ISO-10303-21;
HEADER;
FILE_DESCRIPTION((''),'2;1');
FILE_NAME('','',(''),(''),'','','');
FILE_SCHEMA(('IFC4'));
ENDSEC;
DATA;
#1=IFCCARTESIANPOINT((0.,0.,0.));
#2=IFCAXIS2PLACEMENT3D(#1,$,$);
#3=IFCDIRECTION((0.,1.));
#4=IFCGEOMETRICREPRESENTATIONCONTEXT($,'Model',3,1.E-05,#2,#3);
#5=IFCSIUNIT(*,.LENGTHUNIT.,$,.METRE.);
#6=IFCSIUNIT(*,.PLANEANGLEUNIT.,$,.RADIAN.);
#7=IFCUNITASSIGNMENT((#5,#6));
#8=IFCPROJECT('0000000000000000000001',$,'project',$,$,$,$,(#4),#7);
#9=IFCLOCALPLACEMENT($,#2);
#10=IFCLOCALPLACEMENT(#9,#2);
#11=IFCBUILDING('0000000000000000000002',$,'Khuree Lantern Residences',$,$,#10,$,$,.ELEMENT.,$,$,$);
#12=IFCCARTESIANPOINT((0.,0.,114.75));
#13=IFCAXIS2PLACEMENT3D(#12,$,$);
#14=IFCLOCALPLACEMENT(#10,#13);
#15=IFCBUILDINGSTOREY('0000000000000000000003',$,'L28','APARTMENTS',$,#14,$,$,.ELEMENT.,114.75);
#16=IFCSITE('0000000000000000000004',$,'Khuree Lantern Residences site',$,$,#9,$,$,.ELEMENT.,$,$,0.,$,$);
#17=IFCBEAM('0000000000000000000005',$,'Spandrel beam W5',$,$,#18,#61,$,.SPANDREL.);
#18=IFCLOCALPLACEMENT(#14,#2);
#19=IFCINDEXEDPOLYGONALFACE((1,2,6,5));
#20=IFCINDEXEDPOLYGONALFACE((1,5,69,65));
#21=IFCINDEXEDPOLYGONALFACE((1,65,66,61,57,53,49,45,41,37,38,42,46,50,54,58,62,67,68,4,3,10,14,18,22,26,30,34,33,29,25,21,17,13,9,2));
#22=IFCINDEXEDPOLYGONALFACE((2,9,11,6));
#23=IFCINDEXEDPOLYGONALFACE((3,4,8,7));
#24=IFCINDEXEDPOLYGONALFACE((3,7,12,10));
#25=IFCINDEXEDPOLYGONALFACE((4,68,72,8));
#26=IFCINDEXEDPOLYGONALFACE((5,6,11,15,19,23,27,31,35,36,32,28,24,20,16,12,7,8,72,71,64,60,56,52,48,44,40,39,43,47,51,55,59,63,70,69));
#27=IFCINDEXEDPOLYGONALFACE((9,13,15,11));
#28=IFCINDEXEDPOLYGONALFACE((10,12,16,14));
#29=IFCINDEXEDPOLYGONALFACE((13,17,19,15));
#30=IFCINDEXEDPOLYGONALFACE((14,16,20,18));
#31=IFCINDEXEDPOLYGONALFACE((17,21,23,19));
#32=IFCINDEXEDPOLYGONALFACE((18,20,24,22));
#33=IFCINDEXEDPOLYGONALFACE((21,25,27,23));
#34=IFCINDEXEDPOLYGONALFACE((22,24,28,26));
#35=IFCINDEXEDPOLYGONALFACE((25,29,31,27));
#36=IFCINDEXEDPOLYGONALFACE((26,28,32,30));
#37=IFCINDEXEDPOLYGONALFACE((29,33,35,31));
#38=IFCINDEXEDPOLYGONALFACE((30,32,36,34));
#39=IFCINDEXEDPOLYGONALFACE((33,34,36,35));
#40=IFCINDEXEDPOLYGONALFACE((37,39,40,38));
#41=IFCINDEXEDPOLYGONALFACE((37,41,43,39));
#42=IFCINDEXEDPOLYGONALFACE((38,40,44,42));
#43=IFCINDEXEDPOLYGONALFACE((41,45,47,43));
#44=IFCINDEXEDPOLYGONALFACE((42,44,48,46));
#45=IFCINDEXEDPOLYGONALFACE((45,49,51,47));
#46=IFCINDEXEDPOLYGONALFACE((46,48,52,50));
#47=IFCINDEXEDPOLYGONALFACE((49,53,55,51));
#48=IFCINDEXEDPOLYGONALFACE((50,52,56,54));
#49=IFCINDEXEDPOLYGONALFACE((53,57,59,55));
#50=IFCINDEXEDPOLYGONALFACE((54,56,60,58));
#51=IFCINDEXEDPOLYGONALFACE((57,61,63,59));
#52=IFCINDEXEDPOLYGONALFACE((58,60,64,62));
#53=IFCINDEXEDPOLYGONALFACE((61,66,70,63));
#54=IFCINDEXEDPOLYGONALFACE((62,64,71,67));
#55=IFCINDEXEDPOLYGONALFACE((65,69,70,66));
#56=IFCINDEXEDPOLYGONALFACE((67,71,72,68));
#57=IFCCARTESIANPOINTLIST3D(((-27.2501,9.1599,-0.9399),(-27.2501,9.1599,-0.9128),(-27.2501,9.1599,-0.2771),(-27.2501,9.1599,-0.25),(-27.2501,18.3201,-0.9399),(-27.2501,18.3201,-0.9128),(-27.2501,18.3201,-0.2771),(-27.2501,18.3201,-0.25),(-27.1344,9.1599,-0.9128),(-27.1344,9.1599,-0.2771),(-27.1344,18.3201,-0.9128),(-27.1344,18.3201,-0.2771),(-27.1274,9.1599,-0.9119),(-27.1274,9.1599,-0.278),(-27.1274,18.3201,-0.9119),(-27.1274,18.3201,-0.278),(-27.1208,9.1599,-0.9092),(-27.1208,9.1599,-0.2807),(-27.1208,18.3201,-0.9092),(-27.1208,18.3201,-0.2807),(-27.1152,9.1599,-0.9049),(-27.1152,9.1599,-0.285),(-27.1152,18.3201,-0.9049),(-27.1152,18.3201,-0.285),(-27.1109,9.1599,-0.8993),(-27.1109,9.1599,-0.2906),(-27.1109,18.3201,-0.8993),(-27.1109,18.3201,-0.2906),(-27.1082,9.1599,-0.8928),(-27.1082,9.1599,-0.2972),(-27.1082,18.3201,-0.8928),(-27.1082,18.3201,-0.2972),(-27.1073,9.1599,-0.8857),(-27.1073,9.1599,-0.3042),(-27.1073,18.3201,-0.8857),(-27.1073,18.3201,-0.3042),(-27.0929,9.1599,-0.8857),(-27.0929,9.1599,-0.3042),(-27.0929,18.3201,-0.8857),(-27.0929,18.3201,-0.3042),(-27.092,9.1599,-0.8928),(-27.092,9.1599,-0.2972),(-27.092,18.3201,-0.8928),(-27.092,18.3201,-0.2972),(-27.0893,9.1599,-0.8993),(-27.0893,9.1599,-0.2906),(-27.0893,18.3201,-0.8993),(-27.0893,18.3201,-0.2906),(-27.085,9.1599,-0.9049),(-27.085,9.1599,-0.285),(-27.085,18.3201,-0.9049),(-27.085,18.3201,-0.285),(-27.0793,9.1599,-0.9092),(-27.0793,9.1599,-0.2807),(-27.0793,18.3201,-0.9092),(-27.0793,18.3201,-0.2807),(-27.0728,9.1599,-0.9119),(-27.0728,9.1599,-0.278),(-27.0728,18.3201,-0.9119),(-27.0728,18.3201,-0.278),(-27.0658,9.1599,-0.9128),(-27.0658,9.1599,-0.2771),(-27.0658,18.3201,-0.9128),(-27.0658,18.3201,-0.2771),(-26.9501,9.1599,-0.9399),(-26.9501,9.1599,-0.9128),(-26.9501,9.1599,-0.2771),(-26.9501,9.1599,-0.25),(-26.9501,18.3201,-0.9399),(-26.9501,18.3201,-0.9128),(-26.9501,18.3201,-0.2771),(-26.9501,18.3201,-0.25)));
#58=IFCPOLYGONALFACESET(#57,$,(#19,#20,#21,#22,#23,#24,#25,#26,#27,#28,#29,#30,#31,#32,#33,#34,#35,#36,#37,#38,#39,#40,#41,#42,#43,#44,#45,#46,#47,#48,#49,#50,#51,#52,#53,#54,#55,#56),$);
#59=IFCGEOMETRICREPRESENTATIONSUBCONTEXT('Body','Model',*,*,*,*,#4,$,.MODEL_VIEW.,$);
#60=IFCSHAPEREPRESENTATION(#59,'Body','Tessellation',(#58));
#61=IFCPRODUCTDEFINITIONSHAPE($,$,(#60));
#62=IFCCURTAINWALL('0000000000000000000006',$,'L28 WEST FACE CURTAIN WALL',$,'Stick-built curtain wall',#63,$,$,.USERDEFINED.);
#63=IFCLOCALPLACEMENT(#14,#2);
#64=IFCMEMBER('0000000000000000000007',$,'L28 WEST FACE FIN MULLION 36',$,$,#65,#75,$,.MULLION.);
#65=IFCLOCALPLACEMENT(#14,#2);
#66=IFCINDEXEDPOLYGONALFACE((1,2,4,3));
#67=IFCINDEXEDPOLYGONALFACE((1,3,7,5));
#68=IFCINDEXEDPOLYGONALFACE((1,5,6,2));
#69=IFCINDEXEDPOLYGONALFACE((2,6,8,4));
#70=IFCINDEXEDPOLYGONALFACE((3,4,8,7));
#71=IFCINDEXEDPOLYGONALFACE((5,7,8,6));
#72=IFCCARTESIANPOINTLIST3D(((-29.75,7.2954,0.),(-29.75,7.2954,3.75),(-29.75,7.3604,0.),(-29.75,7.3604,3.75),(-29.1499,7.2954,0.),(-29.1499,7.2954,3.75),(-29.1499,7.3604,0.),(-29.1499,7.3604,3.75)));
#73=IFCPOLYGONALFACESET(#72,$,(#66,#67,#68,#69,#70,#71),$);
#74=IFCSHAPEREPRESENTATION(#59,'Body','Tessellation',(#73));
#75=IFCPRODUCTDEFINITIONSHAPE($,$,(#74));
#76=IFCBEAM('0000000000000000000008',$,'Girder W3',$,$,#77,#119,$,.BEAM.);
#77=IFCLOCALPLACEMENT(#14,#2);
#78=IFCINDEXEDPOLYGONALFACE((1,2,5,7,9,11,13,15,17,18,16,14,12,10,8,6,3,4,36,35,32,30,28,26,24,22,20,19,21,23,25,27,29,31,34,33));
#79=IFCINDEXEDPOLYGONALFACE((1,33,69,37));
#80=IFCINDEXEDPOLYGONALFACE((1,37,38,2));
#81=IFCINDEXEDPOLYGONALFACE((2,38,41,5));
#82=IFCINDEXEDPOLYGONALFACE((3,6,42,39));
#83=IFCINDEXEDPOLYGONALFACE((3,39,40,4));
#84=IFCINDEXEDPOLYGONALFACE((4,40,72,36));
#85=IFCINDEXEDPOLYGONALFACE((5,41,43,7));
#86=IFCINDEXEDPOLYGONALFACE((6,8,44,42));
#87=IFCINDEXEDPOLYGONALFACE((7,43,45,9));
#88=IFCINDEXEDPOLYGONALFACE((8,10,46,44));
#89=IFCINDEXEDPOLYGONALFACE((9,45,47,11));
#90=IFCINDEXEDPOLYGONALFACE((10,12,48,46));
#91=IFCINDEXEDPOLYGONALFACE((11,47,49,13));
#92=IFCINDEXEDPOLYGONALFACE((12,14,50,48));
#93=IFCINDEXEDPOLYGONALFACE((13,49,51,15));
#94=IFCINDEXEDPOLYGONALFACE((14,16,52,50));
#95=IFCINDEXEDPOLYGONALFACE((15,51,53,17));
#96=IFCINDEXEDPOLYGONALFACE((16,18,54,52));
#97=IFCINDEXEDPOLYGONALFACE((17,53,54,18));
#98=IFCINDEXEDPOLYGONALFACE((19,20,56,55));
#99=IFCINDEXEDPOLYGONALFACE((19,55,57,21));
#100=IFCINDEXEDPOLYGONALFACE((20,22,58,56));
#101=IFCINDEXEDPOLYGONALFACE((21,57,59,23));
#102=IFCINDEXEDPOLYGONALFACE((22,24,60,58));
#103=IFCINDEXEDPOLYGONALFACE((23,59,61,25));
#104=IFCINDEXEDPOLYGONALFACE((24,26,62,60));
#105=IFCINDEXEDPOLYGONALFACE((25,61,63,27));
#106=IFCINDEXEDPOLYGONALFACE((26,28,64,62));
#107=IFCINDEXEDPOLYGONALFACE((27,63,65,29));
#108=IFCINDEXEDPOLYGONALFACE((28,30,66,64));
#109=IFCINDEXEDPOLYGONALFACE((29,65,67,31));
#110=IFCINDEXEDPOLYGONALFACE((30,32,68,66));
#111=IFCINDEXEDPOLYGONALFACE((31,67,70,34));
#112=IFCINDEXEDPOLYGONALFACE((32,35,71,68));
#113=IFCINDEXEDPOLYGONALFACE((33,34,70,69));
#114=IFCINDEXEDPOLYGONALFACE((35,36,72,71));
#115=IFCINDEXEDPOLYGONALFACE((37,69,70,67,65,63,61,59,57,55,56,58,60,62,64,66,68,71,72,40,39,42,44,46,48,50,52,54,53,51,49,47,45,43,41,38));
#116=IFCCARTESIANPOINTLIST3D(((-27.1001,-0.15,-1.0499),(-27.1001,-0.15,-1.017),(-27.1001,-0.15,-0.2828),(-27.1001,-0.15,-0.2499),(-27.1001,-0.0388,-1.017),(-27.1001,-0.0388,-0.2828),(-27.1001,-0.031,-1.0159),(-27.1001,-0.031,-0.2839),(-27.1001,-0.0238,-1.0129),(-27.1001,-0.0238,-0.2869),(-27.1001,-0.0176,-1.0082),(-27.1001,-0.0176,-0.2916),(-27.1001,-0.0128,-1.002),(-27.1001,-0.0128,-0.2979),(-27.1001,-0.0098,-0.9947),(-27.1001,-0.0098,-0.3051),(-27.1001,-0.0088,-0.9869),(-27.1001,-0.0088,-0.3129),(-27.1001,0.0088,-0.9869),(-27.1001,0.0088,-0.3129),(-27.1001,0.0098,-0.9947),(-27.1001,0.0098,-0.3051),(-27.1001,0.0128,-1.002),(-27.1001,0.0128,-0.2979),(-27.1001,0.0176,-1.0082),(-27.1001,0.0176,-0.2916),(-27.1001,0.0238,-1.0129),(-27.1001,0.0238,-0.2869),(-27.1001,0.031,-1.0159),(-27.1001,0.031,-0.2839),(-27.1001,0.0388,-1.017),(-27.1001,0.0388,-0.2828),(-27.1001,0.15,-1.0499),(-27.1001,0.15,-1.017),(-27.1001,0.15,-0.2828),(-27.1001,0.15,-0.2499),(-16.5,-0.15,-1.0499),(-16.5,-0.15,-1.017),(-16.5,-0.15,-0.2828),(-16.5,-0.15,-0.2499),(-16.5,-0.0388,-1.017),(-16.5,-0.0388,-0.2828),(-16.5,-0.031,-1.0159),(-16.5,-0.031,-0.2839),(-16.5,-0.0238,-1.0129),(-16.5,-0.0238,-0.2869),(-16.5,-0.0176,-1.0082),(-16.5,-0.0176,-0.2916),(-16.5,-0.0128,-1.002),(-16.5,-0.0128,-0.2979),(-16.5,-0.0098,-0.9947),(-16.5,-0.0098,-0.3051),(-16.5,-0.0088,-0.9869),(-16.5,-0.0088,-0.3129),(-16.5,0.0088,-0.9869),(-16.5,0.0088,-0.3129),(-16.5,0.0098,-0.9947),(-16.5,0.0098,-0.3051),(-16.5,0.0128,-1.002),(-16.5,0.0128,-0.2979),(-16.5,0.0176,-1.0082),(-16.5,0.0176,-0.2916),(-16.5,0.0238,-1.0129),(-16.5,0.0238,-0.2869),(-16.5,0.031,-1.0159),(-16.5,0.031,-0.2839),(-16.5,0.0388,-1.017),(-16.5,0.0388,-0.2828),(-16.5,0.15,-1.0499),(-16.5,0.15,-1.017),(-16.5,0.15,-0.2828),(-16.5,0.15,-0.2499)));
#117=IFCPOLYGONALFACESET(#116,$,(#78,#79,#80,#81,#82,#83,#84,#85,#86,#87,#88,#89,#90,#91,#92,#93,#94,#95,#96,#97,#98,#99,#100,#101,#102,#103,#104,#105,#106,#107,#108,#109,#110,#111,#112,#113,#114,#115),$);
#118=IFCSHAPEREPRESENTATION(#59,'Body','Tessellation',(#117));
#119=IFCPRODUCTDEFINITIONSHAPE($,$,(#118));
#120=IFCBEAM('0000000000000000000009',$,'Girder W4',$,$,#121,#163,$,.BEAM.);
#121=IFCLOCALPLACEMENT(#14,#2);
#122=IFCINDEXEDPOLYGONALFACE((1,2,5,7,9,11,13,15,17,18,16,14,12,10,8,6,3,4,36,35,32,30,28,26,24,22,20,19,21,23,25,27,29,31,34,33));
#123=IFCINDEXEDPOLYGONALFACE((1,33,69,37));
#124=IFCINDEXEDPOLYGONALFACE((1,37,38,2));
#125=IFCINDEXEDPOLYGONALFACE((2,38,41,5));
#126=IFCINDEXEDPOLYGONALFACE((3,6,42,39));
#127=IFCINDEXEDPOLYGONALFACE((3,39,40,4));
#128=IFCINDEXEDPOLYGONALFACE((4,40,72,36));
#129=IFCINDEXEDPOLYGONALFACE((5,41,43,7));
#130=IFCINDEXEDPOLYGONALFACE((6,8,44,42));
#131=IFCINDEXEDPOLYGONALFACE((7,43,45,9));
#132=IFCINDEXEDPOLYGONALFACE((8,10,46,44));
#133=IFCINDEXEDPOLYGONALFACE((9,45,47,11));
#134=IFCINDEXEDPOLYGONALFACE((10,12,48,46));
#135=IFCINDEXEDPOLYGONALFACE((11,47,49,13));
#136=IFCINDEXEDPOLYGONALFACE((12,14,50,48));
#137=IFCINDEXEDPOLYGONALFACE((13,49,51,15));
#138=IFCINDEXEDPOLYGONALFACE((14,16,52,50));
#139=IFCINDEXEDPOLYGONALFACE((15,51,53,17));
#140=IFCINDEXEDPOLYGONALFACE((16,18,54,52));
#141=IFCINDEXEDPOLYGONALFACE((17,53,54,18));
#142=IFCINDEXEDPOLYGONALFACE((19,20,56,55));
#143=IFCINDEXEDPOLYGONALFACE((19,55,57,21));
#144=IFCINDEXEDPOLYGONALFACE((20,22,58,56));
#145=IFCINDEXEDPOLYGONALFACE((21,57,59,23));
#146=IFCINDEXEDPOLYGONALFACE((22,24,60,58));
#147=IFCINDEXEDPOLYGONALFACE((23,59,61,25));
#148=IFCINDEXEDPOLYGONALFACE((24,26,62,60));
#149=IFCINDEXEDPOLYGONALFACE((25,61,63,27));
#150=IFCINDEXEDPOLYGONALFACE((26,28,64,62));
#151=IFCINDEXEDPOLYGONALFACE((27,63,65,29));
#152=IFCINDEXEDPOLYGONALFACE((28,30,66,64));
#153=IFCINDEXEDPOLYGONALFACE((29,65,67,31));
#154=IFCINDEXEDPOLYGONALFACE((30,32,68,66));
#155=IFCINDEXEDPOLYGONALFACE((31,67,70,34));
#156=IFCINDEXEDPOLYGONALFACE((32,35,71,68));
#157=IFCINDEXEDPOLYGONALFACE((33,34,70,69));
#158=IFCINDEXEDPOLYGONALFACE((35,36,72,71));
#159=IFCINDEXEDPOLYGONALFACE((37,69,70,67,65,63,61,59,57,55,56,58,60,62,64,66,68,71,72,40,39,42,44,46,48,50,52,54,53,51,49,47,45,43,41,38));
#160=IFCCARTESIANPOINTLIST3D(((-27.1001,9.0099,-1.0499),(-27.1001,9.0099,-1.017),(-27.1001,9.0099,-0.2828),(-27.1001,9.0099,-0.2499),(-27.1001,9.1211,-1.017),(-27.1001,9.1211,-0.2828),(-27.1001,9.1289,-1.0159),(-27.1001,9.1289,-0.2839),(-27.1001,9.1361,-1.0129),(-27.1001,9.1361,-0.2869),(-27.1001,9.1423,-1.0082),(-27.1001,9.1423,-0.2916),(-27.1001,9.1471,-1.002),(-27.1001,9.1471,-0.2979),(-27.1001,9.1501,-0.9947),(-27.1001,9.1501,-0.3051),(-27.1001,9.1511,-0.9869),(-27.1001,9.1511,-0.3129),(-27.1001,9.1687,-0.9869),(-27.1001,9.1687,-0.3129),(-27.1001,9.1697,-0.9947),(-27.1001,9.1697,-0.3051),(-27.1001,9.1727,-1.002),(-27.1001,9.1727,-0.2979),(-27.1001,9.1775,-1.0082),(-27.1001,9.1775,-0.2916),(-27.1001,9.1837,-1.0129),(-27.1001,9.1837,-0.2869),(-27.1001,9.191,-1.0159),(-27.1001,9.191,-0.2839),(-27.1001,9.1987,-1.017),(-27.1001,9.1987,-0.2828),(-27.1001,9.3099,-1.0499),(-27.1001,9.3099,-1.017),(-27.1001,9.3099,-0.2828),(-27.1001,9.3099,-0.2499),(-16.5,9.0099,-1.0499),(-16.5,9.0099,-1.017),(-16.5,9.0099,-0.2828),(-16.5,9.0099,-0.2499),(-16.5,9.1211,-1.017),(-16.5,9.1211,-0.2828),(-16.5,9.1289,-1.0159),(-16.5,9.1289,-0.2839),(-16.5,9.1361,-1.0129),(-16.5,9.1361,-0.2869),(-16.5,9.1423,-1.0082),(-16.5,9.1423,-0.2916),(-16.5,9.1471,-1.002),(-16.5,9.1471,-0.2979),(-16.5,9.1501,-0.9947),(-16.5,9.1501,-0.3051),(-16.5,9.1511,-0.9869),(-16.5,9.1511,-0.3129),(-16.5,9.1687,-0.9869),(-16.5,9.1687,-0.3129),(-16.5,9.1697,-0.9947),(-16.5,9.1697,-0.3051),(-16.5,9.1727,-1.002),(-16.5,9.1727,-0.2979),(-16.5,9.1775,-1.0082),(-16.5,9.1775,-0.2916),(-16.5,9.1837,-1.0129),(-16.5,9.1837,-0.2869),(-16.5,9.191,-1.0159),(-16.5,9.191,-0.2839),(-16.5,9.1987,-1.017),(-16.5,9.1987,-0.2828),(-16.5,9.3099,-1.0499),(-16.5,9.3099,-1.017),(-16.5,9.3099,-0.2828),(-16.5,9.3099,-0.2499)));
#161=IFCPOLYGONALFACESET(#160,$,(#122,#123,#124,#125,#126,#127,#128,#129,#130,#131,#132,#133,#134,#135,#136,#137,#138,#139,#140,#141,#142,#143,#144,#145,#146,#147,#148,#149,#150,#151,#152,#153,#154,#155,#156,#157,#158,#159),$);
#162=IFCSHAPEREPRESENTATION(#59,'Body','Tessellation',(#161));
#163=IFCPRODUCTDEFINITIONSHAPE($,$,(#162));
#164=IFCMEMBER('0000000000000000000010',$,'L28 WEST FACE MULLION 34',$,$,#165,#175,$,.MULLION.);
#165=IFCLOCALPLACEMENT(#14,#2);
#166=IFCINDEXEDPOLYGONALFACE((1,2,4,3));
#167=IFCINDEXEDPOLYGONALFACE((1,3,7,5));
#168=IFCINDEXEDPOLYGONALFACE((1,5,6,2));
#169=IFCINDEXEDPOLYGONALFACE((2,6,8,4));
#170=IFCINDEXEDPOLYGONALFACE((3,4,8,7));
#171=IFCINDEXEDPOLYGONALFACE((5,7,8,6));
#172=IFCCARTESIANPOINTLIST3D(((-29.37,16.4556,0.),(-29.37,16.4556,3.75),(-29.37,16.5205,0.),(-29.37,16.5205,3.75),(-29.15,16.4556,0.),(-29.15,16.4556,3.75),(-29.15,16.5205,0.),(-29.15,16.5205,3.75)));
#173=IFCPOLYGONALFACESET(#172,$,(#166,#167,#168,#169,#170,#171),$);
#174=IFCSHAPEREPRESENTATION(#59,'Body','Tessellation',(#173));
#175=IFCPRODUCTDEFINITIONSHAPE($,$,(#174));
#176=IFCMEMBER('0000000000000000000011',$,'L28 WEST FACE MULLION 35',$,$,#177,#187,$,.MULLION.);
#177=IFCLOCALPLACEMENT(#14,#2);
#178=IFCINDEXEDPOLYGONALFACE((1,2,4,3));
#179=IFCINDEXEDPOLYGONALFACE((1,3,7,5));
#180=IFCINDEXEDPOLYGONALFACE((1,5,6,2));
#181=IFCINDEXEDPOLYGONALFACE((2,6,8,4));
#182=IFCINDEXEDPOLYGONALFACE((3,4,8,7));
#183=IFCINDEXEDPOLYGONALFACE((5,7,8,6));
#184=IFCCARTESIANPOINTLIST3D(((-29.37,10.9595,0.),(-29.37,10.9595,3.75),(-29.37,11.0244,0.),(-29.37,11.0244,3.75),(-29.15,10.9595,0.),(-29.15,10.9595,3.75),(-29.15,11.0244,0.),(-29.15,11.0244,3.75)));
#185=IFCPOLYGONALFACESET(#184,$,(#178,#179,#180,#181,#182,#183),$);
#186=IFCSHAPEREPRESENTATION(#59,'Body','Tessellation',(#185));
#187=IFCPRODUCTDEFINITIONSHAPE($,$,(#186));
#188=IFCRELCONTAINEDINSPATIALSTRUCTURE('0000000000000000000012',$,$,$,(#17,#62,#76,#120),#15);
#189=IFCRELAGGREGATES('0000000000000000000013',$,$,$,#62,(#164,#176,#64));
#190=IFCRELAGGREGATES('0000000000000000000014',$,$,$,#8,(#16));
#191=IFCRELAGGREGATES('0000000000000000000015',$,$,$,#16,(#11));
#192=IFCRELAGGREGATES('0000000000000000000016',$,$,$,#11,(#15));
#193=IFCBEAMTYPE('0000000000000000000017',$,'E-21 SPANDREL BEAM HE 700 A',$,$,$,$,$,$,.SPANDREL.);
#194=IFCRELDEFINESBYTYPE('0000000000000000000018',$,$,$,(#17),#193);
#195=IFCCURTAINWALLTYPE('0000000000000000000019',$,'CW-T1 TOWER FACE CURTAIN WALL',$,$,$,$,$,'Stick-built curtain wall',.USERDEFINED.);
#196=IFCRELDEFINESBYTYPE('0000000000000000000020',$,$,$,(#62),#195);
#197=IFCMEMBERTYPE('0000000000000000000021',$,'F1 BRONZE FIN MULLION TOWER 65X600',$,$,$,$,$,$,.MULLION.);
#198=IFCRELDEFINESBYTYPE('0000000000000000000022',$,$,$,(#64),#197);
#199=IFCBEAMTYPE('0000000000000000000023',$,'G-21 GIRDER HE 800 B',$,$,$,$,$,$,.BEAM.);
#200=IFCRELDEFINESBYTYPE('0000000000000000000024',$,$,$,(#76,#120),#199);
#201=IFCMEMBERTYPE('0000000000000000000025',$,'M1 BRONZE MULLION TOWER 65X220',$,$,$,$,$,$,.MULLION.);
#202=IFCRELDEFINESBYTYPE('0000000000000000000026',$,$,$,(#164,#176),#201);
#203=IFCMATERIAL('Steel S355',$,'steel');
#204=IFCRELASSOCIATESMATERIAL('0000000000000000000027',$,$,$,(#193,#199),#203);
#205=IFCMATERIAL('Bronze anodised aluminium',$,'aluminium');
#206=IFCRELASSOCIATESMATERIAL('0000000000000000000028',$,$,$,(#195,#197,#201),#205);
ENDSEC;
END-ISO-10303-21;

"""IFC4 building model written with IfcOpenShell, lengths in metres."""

from ifc_helpers import new_model, si_unit, direction, frame, origin, origin_2d, place, context, subcontext, project, spatial, rectangle, i_section, extrude, material, material_profile, profile_set, type_object, element, aggregate, save


model = new_model("IFC4")

# Units and contexts
model_context = context("Model", 3, precision=1e-05, world=origin(), true_north=direction((0.0, 1.0)))
body_context = subcontext(model_context, "Body", "Model", "MODEL_VIEW")
ifc_project = project(units=[si_unit("LENGTHUNIT", "METRE"), si_unit("PLANEANGLEUNIT", "RADIAN")], contexts=[model_context])

# Site, building, storey
site_placement = place(None, origin())
site = spatial("IfcSite", under=ifc_project, at=site_placement, Name="Khuree Lantern Residences site", CompositionType="ELEMENT", RefElevation=0.0)
building_placement = place(site_placement, origin())
building = spatial("IfcBuilding", under=site, at=building_placement, Name="Khuree Lantern Residences", CompositionType="ELEMENT")
storey_placement = place(building_placement, frame((0.0, 0.0, 114.75)))
storey = spatial("IfcBuildingStorey", under=building, at=storey_placement, Name="L28", Description="APARTMENTS", CompositionType="ELEMENT", Elevation=114.75)

# Beam
ifc_material_1 = material(Name="Steel S355", Category="steel")
ifc_material_profile_1 = material_profile(ifc_material_1, i_section(OverallWidth=0.3, OverallDepth=0.6899, WebThickness=0.0144, FlangeThickness=0.0271, FilletRadius=0.0271, at=origin_2d()), Name="HE 700 A")
ifc_profile_set_1 = profile_set([ifc_material_profile_1], Name="Steel S355")
beam_type_1 = type_object("IfcBeamType", Name="E-21 SPANDREL BEAM HE 700 A", PredefinedType="SPANDREL", material=ifc_profile_set_1)
beam_1_placement = place(storey_placement, frame((-27.1001, 9.1599, -0.595), z_axis=(0.0, 1.0, 0.0), x_axis=(-1.0, 0.0, 0.0)))
element("IfcBeam", 1, at=beam_1_placement, inside=storey, type_object=beam_type_1, Name="Spandrel beam W5", PredefinedType="SPANDREL", context=body_context, shape_type="SweptSolid", body=[
    extrude(i_section(OverallWidth=0.3, OverallDepth=0.6899, WebThickness=0.0144, FlangeThickness=0.0271, FilletRadius=0.0271, at=origin_2d()), origin(), (0.0, 0.0, 1.0), 9.1602),
])

# Curtain wall, member
ifc_material_2 = material(Name="Bronze anodised aluminium", Category="aluminium")
curtain_wall_type = type_object("IfcCurtainWallType", Name="CW-T1 TOWER FACE CURTAIN WALL", ElementType="Stick-built curtain wall", PredefinedType="USERDEFINED", material=ifc_material_2)
curtain_wall_placement = place(storey_placement, origin())
curtain_wall = element("IfcCurtainWall", 2, at=curtain_wall_placement, inside=storey, type_object=curtain_wall_type, Name="L28 WEST FACE CURTAIN WALL", ObjectType="Stick-built curtain wall", PredefinedType="USERDEFINED")
ifc_material_profile_2 = material_profile(ifc_material_2, rectangle(XDim=0.0649, YDim=0.6001, at=origin_2d()), Name="F1 65X600")
ifc_profile_set_2 = profile_set([ifc_material_profile_2], Name="Bronze anodised aluminium")
member_type_1 = type_object("IfcMemberType", Name="F1 BRONZE FIN MULLION TOWER 65X600", PredefinedType="MULLION", material=ifc_profile_set_2)
member_1_placement = place(storey_placement, frame((-29.45, 7.3279, 0.0), z_axis=(0.0, 0.0, 1.0), x_axis=(0.0, -1.0, 0.0)))
member_1 = element("IfcMember", 3, at=member_1_placement, type_object=member_type_1, Name="L28 WEST FACE FIN MULLION 36", PredefinedType="MULLION", context=body_context, shape_type="SweptSolid", body=[
    extrude(rectangle(XDim=0.0649, YDim=0.6001, at=origin_2d()), origin(), (0.0, 0.0, 1.0), 3.75),
])

# Beams
ifc_material_profile_3 = material_profile(ifc_material_1, i_section(OverallWidth=0.3, OverallDepth=0.8, WebThickness=0.0176, FlangeThickness=0.033, FilletRadius=0.03, at=origin_2d()), Name="HE 800 B")
ifc_profile_set_3 = profile_set([ifc_material_profile_3], Name="Steel S355")
beam_type_2 = type_object("IfcBeamType", Name="G-21 GIRDER HE 800 B", PredefinedType="BEAM", material=ifc_profile_set_3)
for number, where, z_axis, x_axis, name in (
    (4, (-27.1001, 0.0, -0.6499), (1.0, 0.0, 0.0), (0.0, 1.0, 0.0), "Girder W3"),
    (5, (-27.1001, 9.1599, -0.6499), (1.0, 0.0, 0.0), (0.0, 1.0, 0.0), "Girder W4"),
):
    element("IfcBeam", number, at=place(storey_placement, frame(where, z_axis=z_axis, x_axis=x_axis)), inside=storey, type_object=beam_type_2, Name=name, PredefinedType="BEAM", context=body_context, shape_type="SweptSolid", body=[
        extrude(i_section(OverallWidth=0.3, OverallDepth=0.8, WebThickness=0.0176, FlangeThickness=0.033, FilletRadius=0.03, at=origin_2d()), origin(), (0.0, 0.0, 1.0), 10.6001),
    ])

# Members
ifc_material_profile_4 = material_profile(ifc_material_2, rectangle(XDim=0.0649, YDim=0.22, at=origin_2d()), Name="M1 65X220")
ifc_profile_set_4 = profile_set([ifc_material_profile_4], Name="Bronze anodised aluminium")
member_type_2 = type_object("IfcMemberType", Name="M1 BRONZE MULLION TOWER 65X220", PredefinedType="MULLION", material=ifc_profile_set_4)
member_2_placement = place(storey_placement, frame((-29.26, 16.488, 0.0), z_axis=(0.0, 0.0, 1.0), x_axis=(0.0, -1.0, 0.0)))
member_2 = element("IfcMember", 6, at=member_2_placement, type_object=member_type_2, Name="L28 WEST FACE MULLION 34", PredefinedType="MULLION", context=body_context, shape_type="SweptSolid", body=[
    extrude(rectangle(XDim=0.0649, YDim=0.22, at=origin_2d()), origin(), (0.0, 0.0, 1.0), 3.75),
])
member_3_placement = place(storey_placement, frame((-29.26, 10.9919, 0.0), z_axis=(0.0, 0.0, 1.0), x_axis=(0.0, -1.0, 0.0)))
member_3 = element("IfcMember", 7, at=member_3_placement, type_object=member_type_2, Name="L28 WEST FACE MULLION 35", PredefinedType="MULLION", context=body_context, shape_type="SweptSolid", body=[
    extrude(rectangle(XDim=0.0649, YDim=0.22, at=origin_2d()), origin(), (0.0, 0.0, 1.0), 3.75),
])

aggregate(curtain_wall, [member_2, member_3, member_1])

save(model, "model.ifc")
